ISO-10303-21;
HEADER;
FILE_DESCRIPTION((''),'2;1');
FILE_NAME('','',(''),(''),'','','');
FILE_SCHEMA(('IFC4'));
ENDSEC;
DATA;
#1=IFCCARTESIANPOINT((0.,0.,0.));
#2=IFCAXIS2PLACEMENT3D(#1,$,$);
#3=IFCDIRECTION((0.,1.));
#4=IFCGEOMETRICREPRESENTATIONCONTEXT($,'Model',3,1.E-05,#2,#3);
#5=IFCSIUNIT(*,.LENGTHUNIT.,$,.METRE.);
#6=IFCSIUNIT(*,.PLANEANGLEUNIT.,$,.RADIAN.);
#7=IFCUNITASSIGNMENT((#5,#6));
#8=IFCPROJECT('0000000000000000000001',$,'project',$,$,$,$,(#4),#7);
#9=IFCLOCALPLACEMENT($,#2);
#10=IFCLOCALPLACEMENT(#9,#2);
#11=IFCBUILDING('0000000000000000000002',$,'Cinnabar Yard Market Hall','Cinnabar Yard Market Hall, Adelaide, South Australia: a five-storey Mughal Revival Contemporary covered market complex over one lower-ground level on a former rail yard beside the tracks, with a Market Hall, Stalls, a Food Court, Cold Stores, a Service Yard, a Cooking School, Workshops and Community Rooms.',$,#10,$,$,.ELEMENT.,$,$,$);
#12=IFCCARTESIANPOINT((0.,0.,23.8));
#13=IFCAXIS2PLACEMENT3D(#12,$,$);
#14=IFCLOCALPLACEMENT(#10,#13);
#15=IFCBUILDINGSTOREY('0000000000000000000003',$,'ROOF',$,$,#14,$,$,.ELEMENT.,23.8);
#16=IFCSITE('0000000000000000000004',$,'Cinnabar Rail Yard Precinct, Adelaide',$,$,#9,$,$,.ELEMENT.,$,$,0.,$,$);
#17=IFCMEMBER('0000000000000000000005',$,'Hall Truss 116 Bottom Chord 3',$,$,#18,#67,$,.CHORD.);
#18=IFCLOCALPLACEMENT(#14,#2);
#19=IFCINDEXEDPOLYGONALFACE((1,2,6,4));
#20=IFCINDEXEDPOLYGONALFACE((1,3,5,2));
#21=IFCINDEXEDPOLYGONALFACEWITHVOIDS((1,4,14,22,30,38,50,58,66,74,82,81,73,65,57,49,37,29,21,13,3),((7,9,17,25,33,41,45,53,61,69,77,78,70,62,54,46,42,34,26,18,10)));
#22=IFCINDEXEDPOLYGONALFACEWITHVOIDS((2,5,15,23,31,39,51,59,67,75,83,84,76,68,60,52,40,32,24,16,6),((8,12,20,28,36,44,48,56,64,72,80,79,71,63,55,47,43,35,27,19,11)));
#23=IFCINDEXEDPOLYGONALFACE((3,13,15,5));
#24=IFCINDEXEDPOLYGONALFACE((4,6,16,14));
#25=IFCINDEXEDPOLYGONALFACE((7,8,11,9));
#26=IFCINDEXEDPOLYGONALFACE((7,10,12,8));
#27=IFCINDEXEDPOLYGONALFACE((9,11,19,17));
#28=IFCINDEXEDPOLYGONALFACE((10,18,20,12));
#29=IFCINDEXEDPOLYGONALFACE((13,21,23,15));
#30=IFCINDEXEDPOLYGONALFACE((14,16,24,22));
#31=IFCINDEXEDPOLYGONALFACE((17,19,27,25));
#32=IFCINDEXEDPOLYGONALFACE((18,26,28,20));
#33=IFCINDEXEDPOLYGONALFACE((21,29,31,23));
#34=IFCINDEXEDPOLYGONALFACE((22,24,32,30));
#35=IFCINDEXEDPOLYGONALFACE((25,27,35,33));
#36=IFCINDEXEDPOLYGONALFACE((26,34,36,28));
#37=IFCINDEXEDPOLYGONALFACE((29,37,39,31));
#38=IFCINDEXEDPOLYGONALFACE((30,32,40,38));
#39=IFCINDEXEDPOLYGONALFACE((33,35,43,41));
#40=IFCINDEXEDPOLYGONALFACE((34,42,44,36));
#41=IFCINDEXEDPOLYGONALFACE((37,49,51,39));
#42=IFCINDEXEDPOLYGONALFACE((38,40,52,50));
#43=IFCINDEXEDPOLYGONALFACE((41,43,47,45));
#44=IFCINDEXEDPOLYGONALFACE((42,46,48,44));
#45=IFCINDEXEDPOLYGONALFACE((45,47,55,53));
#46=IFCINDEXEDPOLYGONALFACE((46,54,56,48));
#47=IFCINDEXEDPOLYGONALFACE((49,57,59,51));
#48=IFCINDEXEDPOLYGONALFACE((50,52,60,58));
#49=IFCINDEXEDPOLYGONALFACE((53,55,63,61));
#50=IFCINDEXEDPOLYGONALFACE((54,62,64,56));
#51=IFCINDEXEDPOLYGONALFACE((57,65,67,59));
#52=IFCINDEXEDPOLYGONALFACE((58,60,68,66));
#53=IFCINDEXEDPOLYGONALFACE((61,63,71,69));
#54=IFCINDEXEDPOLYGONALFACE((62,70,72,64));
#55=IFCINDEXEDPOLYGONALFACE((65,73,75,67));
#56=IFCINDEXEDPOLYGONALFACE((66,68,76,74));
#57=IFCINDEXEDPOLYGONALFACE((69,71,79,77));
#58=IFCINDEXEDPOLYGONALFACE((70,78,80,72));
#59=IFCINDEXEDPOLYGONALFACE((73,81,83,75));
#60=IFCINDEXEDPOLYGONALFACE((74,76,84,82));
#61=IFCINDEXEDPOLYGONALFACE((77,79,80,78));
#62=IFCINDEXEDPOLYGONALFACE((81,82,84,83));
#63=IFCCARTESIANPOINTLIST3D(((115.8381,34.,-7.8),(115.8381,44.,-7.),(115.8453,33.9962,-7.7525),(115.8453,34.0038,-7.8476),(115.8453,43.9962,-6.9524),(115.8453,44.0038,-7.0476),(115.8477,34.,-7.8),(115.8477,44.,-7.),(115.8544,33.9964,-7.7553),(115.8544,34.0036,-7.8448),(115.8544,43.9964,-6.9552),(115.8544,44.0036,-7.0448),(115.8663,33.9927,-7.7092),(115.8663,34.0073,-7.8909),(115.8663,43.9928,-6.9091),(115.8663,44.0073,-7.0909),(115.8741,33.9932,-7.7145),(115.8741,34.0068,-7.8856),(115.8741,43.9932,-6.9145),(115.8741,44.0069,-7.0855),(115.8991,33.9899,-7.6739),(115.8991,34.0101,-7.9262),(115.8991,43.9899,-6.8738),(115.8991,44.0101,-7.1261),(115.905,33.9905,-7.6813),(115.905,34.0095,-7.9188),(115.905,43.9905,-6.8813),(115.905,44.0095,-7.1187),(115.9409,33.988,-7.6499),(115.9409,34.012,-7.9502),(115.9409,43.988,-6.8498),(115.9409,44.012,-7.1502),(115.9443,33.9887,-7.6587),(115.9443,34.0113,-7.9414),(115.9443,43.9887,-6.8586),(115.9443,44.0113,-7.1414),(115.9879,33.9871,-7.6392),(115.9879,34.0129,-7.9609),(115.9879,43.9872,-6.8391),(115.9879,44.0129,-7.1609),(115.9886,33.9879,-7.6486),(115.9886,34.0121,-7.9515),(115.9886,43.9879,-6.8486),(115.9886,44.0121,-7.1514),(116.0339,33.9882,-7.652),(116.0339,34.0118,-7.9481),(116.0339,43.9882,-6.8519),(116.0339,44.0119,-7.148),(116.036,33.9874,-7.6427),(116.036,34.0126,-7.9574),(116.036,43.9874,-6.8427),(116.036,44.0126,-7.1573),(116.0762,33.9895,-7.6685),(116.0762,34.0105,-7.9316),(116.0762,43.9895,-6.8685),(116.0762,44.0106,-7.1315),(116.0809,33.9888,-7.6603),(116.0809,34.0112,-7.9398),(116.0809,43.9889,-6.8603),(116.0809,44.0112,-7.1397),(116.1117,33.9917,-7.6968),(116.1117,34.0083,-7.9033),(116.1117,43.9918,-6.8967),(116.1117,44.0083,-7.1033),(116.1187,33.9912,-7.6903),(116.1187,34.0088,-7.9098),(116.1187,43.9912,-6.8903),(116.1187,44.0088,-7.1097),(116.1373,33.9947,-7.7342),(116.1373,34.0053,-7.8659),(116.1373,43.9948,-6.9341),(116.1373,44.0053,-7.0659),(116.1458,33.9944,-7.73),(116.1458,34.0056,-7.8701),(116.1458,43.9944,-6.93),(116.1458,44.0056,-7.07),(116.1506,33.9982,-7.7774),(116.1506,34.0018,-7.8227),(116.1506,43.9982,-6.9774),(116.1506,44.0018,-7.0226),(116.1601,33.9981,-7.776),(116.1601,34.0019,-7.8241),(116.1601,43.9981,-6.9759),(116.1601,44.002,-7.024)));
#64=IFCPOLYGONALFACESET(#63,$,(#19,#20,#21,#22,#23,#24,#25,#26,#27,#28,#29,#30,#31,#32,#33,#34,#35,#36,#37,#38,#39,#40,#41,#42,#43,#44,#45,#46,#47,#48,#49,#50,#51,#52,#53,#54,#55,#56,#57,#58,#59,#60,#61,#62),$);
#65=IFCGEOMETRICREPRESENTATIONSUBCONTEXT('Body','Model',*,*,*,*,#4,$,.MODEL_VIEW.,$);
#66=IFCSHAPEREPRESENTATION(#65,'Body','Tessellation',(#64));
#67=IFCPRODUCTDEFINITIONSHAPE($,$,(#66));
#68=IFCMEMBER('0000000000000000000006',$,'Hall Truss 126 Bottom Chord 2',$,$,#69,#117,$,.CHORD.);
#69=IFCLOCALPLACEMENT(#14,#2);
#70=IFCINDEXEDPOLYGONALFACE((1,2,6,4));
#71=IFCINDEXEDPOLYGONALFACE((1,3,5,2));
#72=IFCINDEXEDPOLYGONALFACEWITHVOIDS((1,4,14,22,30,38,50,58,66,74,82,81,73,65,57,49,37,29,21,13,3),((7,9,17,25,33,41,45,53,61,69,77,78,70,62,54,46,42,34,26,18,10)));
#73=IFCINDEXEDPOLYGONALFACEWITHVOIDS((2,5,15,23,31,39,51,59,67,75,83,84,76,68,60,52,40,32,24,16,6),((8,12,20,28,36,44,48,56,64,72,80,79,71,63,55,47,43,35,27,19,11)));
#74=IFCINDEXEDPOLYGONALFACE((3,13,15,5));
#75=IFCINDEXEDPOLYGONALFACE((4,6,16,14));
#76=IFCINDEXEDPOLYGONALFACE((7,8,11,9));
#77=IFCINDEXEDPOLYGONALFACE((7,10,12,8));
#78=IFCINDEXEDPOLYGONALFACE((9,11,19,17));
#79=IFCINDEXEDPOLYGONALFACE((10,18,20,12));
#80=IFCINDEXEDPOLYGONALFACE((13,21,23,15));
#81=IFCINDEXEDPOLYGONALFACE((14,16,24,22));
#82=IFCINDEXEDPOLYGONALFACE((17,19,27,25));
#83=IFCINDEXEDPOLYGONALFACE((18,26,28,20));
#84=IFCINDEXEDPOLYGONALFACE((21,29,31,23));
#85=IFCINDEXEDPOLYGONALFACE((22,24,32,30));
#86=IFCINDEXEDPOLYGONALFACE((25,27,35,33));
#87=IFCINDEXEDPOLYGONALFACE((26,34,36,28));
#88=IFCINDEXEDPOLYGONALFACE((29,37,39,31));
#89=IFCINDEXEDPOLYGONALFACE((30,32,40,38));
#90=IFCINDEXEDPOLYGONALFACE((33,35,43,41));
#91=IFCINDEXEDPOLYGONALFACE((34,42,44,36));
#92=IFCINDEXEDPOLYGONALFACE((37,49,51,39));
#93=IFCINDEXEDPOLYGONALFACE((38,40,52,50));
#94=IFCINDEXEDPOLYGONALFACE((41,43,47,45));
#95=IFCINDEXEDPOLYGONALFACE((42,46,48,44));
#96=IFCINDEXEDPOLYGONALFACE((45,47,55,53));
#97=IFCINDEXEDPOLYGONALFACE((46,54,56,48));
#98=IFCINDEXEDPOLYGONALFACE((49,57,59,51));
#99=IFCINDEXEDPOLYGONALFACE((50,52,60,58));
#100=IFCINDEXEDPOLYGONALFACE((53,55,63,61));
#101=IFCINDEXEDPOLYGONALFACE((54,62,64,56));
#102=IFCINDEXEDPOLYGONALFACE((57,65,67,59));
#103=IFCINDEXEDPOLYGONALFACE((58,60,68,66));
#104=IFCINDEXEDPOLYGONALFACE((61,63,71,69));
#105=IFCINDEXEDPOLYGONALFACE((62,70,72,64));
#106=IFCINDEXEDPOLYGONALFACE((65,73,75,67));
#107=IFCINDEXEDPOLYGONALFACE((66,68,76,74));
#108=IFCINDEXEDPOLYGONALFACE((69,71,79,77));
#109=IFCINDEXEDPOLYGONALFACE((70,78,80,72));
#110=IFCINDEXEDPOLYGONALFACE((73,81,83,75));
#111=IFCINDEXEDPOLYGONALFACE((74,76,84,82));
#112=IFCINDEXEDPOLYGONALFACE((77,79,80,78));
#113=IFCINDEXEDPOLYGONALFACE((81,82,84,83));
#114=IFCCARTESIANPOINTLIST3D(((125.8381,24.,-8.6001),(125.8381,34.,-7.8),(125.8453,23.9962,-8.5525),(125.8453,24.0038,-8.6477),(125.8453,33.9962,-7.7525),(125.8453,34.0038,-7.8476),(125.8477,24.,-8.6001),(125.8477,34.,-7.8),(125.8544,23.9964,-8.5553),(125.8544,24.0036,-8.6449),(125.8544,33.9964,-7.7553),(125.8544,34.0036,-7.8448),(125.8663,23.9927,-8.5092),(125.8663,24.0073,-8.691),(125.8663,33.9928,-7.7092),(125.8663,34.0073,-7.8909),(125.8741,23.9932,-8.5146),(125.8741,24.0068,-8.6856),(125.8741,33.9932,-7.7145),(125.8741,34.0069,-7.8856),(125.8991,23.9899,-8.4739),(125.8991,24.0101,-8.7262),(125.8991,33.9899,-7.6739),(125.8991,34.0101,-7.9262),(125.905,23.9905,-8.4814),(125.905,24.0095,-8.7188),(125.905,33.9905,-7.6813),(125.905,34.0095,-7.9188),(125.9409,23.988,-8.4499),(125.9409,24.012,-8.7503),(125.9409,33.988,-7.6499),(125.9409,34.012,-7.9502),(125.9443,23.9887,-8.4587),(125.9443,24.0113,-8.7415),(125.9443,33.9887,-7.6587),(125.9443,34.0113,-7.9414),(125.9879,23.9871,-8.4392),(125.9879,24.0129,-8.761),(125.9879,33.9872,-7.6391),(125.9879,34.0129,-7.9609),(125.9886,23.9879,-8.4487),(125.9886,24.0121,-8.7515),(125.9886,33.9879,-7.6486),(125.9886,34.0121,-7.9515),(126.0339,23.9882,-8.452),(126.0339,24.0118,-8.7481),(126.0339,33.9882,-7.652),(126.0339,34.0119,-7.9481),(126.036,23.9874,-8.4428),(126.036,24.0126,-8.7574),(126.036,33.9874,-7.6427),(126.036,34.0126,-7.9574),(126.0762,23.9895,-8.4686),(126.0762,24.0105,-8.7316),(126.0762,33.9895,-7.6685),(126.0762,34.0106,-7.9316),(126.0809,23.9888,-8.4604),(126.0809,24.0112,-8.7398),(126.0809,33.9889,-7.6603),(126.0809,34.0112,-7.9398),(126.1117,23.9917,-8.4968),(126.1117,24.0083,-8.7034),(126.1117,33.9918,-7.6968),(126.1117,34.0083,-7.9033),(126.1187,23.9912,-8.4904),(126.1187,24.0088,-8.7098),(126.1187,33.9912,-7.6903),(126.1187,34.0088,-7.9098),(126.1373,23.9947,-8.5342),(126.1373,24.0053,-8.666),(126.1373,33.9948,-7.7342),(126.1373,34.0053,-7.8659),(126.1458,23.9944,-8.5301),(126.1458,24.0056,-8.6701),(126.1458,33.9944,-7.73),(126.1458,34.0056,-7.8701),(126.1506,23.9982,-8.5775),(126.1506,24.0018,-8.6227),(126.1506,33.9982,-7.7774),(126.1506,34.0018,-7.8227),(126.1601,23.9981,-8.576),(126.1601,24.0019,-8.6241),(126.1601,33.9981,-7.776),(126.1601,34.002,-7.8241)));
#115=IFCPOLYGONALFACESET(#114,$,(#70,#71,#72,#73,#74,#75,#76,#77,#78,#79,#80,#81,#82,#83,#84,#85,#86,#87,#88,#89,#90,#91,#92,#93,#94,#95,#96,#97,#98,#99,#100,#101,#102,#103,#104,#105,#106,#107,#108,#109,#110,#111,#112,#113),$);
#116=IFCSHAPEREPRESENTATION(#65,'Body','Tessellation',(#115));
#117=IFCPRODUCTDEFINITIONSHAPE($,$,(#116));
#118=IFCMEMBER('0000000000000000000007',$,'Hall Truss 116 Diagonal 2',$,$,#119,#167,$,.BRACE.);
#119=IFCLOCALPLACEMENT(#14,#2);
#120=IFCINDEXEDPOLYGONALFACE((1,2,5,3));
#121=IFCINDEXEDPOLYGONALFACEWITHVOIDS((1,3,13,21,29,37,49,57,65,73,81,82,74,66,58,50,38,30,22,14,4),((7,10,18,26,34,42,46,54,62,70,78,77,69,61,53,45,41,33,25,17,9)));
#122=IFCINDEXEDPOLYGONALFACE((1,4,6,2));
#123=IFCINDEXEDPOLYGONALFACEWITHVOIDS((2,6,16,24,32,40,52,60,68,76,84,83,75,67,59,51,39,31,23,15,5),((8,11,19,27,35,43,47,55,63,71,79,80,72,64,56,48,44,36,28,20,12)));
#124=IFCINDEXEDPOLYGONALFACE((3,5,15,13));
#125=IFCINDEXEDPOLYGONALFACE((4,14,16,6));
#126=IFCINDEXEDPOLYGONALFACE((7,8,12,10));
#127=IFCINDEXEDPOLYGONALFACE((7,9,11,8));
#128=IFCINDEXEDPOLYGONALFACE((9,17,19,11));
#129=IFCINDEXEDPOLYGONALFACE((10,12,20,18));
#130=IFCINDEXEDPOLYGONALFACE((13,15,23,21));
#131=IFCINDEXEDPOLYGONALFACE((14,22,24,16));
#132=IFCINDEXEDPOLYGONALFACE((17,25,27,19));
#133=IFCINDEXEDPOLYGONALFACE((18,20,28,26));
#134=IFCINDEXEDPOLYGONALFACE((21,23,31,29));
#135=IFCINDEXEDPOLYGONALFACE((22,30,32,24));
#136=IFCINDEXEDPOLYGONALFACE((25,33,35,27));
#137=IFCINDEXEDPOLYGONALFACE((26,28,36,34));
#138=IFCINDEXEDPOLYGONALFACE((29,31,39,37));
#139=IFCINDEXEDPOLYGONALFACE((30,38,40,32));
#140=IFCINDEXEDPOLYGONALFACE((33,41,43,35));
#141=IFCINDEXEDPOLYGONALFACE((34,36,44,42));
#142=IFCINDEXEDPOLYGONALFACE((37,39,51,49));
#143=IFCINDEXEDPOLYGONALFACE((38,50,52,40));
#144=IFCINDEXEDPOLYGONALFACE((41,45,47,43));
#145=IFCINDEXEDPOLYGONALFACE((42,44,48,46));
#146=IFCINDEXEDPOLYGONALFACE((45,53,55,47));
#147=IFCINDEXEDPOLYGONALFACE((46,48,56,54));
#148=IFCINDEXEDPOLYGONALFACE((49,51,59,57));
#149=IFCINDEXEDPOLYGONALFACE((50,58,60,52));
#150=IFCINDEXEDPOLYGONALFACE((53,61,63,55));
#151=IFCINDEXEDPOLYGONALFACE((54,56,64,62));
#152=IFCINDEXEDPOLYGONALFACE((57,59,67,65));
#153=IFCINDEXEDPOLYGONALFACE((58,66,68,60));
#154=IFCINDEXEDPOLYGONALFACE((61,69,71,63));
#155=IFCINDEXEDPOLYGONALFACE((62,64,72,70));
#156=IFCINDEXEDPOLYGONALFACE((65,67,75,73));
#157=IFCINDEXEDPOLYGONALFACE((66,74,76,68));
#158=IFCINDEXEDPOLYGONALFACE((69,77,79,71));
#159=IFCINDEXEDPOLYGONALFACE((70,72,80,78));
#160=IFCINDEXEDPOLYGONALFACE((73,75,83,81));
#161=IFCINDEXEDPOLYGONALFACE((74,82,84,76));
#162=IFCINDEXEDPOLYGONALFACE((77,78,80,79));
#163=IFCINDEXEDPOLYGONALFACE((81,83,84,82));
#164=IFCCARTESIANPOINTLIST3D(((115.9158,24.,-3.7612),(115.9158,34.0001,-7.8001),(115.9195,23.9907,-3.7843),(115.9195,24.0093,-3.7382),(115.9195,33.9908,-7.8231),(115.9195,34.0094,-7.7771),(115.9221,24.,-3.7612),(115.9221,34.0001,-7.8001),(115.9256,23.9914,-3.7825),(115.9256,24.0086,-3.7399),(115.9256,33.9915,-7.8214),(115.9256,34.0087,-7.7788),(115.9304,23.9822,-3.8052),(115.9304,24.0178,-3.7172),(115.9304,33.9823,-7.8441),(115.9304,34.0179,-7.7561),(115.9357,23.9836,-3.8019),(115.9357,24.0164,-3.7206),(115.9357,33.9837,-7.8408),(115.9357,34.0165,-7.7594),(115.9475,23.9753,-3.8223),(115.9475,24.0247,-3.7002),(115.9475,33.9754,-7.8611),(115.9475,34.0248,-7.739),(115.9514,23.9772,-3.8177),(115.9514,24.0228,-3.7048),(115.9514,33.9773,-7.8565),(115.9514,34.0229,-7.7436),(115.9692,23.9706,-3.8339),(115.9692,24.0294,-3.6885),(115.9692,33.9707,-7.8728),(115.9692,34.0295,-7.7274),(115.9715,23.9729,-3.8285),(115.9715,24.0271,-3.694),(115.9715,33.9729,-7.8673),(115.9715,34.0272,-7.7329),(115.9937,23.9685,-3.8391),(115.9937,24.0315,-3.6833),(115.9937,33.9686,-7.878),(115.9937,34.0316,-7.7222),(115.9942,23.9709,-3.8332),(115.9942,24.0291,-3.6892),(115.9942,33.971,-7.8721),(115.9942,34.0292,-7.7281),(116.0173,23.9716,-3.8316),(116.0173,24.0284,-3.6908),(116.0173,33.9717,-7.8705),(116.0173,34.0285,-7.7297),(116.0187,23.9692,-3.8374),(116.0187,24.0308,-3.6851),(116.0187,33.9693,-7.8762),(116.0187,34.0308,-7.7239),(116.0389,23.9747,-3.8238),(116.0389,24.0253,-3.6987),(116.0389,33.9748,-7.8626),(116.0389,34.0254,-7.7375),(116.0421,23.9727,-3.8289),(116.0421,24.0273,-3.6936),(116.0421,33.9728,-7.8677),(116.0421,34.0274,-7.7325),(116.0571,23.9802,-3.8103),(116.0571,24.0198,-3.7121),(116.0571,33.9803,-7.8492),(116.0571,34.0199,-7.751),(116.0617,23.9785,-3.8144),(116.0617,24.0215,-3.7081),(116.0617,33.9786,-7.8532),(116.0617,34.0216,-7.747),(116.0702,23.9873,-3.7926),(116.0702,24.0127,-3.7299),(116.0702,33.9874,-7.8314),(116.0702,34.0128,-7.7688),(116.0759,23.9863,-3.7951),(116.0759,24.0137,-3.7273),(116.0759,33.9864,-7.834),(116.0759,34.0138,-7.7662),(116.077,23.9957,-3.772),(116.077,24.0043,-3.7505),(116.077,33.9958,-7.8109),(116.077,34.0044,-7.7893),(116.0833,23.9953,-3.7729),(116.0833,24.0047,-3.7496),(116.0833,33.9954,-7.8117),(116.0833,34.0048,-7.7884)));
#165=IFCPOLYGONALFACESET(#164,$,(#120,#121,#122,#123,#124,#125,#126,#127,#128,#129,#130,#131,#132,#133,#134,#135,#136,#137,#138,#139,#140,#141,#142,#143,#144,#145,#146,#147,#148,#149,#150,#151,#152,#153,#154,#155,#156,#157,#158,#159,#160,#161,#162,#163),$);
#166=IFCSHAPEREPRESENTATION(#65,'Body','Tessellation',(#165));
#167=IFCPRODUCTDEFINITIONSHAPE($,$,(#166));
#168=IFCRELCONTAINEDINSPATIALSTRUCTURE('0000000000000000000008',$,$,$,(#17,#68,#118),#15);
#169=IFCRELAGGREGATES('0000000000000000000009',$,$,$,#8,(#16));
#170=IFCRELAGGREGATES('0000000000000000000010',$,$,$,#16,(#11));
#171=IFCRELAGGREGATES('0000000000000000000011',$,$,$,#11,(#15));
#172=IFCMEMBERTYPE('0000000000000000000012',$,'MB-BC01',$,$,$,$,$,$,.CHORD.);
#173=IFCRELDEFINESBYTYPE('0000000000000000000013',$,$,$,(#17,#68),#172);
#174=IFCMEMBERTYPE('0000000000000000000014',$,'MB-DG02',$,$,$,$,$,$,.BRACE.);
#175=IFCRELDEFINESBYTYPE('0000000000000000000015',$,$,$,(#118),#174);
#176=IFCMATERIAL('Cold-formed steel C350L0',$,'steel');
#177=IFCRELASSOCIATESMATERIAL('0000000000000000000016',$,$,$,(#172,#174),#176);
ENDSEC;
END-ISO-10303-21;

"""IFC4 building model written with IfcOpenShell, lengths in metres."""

from ifc_helpers import new_model, si_unit, direction, frame, origin, origin_2d_with_axis, place, context, subcontext, project, spatial, hollow_circle, extrude, material, material_profile, profile_set, type_object, element, save


model = new_model("IFC4")

# Units and contexts
model_context = context("Model", 3, precision=1e-05, world=origin(), true_north=direction((0.0, 1.0)))
body_context = subcontext(model_context, "Body", "Model", "MODEL_VIEW")
ifc_project = project(units=[si_unit("LENGTHUNIT", "METRE"), si_unit("PLANEANGLEUNIT", "RADIAN")], contexts=[model_context])

# Site, building, storey
site_placement = place(None, origin())
site = spatial("IfcSite", under=ifc_project, at=site_placement, Name="Cinnabar Rail Yard Precinct, Adelaide", CompositionType="ELEMENT", RefElevation=0.0)
building_placement = place(site_placement, origin())
building = spatial("IfcBuilding", under=site, at=building_placement, Name="Cinnabar Yard Market Hall", Description="Cinnabar Yard Market Hall, Adelaide, South Australia: a five-storey Mughal Revival Contemporary covered market complex over one lower-ground level on a former rail yard beside the tracks, with a Market Hall, Stalls, a Food Court, Cold Stores, a Service Yard, a Cooking School, Workshops and Community Rooms.", CompositionType="ELEMENT")
storey_placement = place(building_placement, frame((0.0, 0.0, 23.8)))
storey = spatial("IfcBuildingStorey", under=building, at=storey_placement, Name="ROOF", CompositionType="ELEMENT", Elevation=23.8)

# Members
ifc_material_1 = material(Name="Cold-formed steel C350L0", Category="steel")
ifc_material_profile_1 = material_profile(ifc_material_1, hollow_circle(Radius=0.1619, WallThickness=0.0095, at=origin_2d_with_axis()), Name="323.9x9.5CHS")
ifc_profile_set_1 = profile_set([ifc_material_profile_1], Name="Cold-formed steel C350L0")
member_type_1 = type_object("IfcMemberType", Name="MB-BC01", PredefinedType="CHORD", material=ifc_profile_set_1)
for number, where, z_axis, x_axis, name in (
    (1, (116.0, 34.0, -7.8), (0.0, 0.996815, 0.07975), (-1.0, 0.0, 0.0), "Hall Truss 116 Bottom Chord 3"),
    (2, (126.0, 24.0, -8.6001), (0.0, 0.996815, 0.07975), (-1.0, 0.0, 0.0), "Hall Truss 126 Bottom Chord 2"),
):
    element("IfcMember", number, at=place(storey_placement, frame(where, z_axis=z_axis, x_axis=x_axis)), inside=storey, type_object=member_type_1, Name=name, PredefinedType="CHORD", context=body_context, shape_type="SweptSolid", body=[
        extrude(hollow_circle(Radius=0.1619, WallThickness=0.0095, at=origin_2d_with_axis()), origin(), (0.0, 0.0, 1.0), 10.032),
    ])
ifc_material_profile_2 = material_profile(ifc_material_1, hollow_circle(Radius=0.0842, WallThickness=0.0063, at=origin_2d_with_axis()), Name="168.3x6.4CHS")
ifc_profile_set_2 = profile_set([ifc_material_profile_2], Name="Cold-formed steel C350L0")
member_type_2 = type_object("IfcMemberType", Name="MB-DG02", PredefinedType="BRACE", material=ifc_profile_set_2)
for number, where, z_axis, x_axis, name in (
    (3, (116.0, 24.0, -3.7612), (0.0, 0.92723, -0.374491), (-1.0, 0.0, 0.0), "Hall Truss 116 Diagonal 2"),
):
    element("IfcMember", number, at=place(storey_placement, frame(where, z_axis=z_axis, x_axis=x_axis)), inside=storey, type_object=member_type_2, Name=name, PredefinedType="BRACE", context=body_context, shape_type="SweptSolid", body=[
        extrude(hollow_circle(Radius=0.0842, WallThickness=0.0063, at=origin_2d_with_axis()), origin(), (0.0, 0.0, 1.0), 10.7849),
    ])

save(model, "model.ifc")
